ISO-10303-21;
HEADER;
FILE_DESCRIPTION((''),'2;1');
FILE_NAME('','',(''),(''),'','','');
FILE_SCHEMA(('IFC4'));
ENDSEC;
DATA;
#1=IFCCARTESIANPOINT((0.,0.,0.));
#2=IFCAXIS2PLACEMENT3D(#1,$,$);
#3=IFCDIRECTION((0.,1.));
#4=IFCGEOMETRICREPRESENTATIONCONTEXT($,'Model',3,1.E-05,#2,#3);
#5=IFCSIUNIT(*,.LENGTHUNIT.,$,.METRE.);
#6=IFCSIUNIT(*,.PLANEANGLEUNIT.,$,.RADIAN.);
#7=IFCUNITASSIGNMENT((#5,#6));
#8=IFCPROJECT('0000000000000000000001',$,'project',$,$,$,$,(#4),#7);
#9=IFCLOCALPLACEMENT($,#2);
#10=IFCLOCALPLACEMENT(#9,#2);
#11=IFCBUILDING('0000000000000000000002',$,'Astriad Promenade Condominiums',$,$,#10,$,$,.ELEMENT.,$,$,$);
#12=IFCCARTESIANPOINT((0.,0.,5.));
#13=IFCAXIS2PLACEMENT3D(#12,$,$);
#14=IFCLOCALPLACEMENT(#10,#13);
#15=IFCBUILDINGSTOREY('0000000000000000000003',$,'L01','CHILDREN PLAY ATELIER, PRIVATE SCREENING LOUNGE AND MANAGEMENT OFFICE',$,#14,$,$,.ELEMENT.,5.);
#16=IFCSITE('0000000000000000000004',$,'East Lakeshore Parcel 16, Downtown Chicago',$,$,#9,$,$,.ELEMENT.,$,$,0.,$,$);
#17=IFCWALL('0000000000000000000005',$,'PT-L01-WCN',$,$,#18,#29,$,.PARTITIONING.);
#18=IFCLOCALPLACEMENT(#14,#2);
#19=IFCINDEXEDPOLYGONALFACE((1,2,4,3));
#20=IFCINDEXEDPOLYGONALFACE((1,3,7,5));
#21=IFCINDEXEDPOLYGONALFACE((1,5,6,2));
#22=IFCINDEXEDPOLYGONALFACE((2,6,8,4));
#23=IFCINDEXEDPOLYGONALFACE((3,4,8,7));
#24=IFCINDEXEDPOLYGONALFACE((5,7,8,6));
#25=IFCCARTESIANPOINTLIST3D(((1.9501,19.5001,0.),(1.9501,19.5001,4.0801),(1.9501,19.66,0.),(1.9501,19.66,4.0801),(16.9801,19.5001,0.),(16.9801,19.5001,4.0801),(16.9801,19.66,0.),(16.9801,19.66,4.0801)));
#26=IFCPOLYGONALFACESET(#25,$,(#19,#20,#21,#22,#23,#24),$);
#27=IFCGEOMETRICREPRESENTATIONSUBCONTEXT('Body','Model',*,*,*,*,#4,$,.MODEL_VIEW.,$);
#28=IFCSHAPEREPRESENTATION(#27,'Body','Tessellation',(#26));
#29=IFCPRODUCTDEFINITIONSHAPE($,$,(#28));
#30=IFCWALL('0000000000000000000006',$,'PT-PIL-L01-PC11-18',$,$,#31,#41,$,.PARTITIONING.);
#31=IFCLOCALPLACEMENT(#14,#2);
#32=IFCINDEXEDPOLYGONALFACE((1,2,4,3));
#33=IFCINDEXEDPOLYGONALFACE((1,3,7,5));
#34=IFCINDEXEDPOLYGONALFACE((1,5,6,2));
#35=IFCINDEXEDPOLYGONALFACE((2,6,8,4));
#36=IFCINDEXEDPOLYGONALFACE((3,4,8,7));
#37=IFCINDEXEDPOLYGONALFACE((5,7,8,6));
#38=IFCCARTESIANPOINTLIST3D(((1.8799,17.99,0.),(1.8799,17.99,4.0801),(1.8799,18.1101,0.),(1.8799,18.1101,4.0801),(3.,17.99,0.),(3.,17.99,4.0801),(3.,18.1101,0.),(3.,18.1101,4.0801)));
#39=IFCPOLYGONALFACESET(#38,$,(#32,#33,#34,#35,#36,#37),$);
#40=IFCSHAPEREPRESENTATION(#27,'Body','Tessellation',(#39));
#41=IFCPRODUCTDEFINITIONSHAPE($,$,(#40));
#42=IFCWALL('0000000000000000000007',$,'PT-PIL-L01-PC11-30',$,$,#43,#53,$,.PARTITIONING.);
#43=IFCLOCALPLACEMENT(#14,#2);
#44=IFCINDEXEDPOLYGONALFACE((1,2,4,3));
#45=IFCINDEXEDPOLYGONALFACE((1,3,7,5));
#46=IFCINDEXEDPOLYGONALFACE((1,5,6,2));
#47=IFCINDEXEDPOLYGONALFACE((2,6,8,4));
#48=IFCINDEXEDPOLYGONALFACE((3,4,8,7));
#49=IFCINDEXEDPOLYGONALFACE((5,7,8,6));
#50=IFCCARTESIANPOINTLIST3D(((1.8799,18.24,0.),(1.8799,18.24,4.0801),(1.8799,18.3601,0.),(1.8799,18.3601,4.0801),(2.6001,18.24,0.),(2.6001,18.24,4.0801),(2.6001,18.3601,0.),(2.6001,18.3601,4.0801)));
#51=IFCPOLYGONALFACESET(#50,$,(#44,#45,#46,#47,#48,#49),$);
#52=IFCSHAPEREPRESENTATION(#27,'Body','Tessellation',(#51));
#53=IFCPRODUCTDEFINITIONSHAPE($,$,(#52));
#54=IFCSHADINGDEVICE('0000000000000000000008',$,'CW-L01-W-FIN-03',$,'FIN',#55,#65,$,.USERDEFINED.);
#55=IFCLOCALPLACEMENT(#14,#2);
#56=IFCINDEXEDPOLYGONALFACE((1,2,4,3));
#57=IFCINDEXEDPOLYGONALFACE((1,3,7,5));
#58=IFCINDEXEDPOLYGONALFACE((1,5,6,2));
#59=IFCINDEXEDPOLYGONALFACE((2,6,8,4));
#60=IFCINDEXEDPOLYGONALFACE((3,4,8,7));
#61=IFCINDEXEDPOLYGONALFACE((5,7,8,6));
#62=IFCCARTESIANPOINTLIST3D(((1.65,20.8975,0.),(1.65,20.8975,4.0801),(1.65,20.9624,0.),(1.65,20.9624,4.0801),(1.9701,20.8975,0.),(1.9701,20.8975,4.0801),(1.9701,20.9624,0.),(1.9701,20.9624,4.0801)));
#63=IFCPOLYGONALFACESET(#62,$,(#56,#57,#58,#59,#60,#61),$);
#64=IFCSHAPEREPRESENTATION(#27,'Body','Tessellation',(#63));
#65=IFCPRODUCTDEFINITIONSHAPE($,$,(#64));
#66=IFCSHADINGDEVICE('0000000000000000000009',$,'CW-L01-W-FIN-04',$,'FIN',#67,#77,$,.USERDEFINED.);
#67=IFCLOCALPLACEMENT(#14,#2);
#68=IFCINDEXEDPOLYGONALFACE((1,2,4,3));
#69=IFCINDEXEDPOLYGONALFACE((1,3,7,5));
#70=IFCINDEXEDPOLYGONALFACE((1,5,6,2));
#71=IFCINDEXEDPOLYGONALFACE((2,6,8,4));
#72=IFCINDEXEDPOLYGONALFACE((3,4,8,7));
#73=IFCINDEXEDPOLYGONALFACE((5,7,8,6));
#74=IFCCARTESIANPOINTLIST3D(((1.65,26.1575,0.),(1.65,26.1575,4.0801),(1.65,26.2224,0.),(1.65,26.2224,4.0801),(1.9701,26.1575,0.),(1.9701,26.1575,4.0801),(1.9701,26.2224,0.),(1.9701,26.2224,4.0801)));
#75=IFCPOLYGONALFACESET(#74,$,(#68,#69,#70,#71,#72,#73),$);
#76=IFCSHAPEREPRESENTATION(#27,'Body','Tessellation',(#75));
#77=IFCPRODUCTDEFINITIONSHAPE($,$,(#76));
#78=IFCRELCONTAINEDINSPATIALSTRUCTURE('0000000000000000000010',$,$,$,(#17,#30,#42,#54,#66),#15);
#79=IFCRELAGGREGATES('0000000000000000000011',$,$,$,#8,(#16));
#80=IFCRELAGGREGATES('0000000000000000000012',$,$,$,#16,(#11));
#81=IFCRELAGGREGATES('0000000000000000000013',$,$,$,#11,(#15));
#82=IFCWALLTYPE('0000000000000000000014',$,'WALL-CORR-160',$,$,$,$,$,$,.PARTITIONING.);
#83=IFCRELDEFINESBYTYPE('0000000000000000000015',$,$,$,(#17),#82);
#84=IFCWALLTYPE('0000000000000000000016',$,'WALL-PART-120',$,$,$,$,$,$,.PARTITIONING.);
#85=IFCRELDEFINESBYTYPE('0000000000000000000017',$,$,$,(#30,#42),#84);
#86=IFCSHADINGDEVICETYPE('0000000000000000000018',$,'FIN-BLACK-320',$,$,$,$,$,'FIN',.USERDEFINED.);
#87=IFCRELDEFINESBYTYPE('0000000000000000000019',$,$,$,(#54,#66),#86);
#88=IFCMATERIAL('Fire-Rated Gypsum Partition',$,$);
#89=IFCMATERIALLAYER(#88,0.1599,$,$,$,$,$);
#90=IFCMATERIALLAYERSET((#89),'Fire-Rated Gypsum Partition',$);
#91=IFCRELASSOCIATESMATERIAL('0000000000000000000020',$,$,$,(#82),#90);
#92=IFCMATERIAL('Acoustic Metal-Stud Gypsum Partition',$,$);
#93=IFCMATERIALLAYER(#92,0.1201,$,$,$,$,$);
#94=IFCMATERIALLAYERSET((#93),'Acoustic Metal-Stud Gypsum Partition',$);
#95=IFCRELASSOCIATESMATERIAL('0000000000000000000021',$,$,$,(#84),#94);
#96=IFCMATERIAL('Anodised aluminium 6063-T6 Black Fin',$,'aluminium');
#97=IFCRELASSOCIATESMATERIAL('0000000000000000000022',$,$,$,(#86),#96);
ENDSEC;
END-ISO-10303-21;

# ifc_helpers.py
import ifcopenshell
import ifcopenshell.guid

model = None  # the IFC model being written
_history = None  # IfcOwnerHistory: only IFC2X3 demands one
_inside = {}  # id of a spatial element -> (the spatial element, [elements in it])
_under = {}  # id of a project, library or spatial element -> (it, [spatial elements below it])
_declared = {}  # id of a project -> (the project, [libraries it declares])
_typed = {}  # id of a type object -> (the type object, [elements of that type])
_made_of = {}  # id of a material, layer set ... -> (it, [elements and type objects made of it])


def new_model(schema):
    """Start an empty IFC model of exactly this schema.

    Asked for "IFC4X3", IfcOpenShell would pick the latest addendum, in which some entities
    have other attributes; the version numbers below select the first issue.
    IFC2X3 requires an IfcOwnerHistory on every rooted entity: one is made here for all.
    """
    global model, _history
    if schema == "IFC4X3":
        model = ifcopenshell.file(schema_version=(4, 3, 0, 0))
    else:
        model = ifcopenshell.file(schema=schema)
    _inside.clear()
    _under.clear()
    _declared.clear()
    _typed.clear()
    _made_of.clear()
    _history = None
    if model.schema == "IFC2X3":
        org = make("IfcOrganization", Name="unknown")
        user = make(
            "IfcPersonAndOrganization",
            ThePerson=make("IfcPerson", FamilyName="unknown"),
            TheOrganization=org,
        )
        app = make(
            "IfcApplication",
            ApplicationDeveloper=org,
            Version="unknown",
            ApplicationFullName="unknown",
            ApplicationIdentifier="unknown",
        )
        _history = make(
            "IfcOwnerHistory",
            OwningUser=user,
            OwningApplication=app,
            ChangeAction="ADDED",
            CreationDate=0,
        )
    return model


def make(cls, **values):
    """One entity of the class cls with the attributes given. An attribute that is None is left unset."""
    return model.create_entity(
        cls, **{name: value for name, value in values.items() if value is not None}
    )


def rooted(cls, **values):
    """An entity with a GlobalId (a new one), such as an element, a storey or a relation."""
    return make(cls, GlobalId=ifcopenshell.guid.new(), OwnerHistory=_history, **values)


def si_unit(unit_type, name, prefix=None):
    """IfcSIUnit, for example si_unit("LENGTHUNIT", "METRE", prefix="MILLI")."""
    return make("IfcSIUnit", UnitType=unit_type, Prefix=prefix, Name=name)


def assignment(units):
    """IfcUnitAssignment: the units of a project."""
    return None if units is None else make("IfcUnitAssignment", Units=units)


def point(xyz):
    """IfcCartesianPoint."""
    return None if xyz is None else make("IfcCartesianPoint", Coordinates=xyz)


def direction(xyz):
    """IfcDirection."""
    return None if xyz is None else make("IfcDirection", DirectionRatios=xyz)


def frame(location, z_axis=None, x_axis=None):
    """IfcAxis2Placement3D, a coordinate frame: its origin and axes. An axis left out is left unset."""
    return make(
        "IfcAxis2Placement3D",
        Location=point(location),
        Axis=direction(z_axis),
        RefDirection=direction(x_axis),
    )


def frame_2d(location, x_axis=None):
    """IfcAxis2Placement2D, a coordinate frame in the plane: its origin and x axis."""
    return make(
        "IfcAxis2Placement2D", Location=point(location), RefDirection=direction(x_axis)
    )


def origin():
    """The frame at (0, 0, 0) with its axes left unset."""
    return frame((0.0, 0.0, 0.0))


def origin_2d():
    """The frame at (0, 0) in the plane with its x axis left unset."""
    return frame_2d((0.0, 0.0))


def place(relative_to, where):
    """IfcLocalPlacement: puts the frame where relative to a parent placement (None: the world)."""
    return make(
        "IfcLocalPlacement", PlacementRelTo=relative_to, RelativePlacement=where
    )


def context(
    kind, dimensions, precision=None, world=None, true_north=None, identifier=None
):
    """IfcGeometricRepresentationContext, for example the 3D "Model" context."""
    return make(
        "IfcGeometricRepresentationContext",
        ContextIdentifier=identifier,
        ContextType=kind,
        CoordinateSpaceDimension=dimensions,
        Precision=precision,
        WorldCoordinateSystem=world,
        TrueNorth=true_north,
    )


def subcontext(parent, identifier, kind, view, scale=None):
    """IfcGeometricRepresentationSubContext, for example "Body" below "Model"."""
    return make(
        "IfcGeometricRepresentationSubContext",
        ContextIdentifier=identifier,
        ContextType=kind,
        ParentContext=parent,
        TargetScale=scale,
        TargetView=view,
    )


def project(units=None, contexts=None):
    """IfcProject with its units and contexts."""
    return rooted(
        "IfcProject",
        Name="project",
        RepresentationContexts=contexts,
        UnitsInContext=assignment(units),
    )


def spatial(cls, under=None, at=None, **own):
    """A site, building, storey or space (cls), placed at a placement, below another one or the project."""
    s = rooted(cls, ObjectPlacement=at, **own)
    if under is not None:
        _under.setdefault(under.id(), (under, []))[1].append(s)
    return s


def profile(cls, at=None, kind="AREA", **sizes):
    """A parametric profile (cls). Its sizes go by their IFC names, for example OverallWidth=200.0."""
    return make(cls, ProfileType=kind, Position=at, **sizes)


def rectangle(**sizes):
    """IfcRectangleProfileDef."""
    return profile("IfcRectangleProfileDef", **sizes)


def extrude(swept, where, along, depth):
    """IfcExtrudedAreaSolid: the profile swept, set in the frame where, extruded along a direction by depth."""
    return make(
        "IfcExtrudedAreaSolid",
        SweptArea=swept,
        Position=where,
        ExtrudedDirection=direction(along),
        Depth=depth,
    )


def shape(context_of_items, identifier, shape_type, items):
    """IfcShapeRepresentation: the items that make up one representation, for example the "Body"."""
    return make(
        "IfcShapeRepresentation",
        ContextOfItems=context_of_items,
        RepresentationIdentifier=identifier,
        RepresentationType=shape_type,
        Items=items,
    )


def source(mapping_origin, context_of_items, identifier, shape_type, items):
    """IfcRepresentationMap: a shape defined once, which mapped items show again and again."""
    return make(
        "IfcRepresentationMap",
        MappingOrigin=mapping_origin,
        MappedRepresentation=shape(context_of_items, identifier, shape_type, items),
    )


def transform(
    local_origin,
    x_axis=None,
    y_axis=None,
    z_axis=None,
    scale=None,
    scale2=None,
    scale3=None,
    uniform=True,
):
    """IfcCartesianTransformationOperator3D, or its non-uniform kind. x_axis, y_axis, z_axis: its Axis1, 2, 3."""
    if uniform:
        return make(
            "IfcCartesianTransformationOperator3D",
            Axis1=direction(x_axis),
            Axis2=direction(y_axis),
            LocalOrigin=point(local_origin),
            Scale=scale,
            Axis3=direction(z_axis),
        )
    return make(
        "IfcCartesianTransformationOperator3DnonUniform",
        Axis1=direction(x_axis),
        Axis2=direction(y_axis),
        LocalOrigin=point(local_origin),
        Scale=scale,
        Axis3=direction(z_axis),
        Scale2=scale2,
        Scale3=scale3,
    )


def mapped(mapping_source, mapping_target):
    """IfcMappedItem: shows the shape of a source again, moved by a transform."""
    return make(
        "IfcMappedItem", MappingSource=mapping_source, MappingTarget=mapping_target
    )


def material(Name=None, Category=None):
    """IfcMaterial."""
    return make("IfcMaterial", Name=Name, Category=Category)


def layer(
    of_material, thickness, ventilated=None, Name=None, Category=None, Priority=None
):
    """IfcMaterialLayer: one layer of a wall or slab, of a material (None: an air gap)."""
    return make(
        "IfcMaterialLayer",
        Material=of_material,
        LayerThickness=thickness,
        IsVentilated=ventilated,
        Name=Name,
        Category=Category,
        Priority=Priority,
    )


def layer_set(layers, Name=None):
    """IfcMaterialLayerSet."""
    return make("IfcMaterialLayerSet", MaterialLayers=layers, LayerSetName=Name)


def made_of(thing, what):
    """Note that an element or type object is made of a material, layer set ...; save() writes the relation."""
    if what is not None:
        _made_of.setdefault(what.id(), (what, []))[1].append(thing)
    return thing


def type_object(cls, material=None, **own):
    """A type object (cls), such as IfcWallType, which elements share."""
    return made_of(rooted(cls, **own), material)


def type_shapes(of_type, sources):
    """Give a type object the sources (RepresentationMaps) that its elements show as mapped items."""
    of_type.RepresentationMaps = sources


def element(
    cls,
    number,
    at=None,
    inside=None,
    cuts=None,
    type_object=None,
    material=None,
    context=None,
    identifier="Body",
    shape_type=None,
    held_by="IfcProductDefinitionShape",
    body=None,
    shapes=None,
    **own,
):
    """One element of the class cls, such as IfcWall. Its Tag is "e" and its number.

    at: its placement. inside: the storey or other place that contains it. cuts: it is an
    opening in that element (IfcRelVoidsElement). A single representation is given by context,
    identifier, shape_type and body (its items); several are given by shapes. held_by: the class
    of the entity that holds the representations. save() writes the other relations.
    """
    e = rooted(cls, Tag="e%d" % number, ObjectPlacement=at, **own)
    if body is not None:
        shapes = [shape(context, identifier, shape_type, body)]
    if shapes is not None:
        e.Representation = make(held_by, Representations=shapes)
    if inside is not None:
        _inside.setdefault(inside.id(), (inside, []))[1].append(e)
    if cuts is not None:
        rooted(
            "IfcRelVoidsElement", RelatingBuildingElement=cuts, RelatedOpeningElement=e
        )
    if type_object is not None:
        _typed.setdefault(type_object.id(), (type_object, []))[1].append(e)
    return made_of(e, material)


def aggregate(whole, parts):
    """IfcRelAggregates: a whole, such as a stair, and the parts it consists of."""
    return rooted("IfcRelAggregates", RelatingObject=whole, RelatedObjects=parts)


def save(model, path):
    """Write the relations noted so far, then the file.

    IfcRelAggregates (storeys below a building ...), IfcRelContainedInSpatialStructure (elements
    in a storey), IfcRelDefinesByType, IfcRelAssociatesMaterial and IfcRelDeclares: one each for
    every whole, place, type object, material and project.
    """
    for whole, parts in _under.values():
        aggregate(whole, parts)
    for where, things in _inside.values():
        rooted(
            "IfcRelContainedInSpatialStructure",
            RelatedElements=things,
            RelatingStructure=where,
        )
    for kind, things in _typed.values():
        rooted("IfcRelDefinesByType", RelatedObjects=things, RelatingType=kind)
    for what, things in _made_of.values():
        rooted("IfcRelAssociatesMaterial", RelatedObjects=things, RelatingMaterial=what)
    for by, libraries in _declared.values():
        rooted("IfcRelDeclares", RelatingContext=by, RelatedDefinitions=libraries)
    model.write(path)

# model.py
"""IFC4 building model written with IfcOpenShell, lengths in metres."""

from ifc_helpers import new_model, si_unit, direction, frame, frame_2d, origin, origin_2d, place, context, subcontext, project, spatial, rectangle, extrude, source, transform, mapped, material, layer, layer_set, type_object, type_shapes, element, save


model = new_model("IFC4")

# Units and contexts
model_context = context("Model", 3, precision=1e-05, world=origin(), true_north=direction((0.0, 1.0)))
body_context = subcontext(model_context, "Body", "Model", "MODEL_VIEW")
ifc_project = project(units=[si_unit("LENGTHUNIT", "METRE"), si_unit("PLANEANGLEUNIT", "RADIAN")], contexts=[model_context])

# Site, building, storey
site_placement = place(None, origin())
site = spatial("IfcSite", under=ifc_project, at=site_placement, Name="East Lakeshore Parcel 16, Downtown Chicago", CompositionType="ELEMENT", RefElevation=0.0)
building_placement = place(site_placement, origin())
building = spatial("IfcBuilding", under=site, at=building_placement, Name="Astriad Promenade Condominiums", CompositionType="ELEMENT")
storey_placement = place(building_placement, frame((0.0, 0.0, 5.0)))
storey = spatial("IfcBuildingStorey", under=building, at=storey_placement, Name="L01", Description="CHILDREN PLAY ATELIER, PRIVATE SCREENING LOUNGE AND MANAGEMENT OFFICE", CompositionType="ELEMENT", Elevation=5.0)

# Walls
ifc_material_1 = material(Name="Fire-Rated Gypsum Partition")
ifc_layer_1 = layer(ifc_material_1, 0.1599)
ifc_layer_set_1 = layer_set([ifc_layer_1], Name="Fire-Rated Gypsum Partition")
wall_type_1 = type_object("IfcWallType", Name="WALL-CORR-160", PredefinedType="PARTITIONING", material=ifc_layer_set_1)
wall_1_placement = place(storey_placement, frame((1.95, 19.5801, 0.0), z_axis=(0.0, 0.0, 1.0), x_axis=(1.0, 0.0, 0.0)))
element("IfcWall", 1, at=wall_1_placement, inside=storey, type_object=wall_type_1, Name="PT-L01-WCN", PredefinedType="PARTITIONING", context=body_context, shape_type="SweptSolid", body=[
    extrude(rectangle(XDim=15.03, YDim=0.1599, at=frame_2d((7.5151, 0.0))), origin(), (0.0, 0.0, 1.0), 4.0801),
])
ifc_material_2 = material(Name="Acoustic Metal-Stud Gypsum Partition")
ifc_layer_2 = layer(ifc_material_2, 0.1201)
ifc_layer_set_2 = layer_set([ifc_layer_2], Name="Acoustic Metal-Stud Gypsum Partition")
wall_type_2 = type_object("IfcWallType", Name="WALL-PART-120", PredefinedType="PARTITIONING", material=ifc_layer_set_2)
wall_2_placement = place(storey_placement, frame((3.0, 18.05, 0.0), z_axis=(0.0, 0.0, 1.0), x_axis=(-1.0, 0.0, 0.0)))
element("IfcWall", 2, at=wall_2_placement, inside=storey, type_object=wall_type_2, Name="PT-PIL-L01-PC11-18", PredefinedType="PARTITIONING", context=body_context, shape_type="SweptSolid", body=[
    extrude(rectangle(XDim=1.1201, YDim=0.1201, at=frame_2d((0.5601, 0.0))), origin(), (0.0, 0.0, 1.0), 4.0801),
])
wall_3_placement = place(storey_placement, frame((2.6001, 18.3, 0.0), z_axis=(0.0, 0.0, 1.0), x_axis=(-1.0, 0.0, 0.0)))
element("IfcWall", 3, at=wall_3_placement, inside=storey, type_object=wall_type_2, Name="PT-PIL-L01-PC11-30", PredefinedType="PARTITIONING", context=body_context, shape_type="SweptSolid", body=[
    extrude(rectangle(XDim=0.7202, YDim=0.1201, at=frame_2d((0.3601, 0.0))), origin(), (0.0, 0.0, 1.0), 4.0801),
])

# Shading devices
ifc_material_3 = material(Name="Anodised aluminium 6063-T6 Black Fin", Category="aluminium")
shading_device_type = type_object("IfcShadingDeviceType", Name="FIN-BLACK-320", ElementType="FIN", PredefinedType="USERDEFINED", material=ifc_material_3)
shared_shape_1 = source(origin(), body_context, "Body", "SweptSolid", [
    extrude(rectangle(XDim=0.0649, YDim=0.3201, at=origin_2d()), origin(), (0.0, 0.0, 1.0), 4.0801),
])
type_shapes(shading_device_type, [shared_shape_1])
for number, where, z_axis, x_axis, name in (
    (4, (1.8101, 20.9299, 0.0), (0.0, 0.0, 1.0), (0.0, 1.0, 0.0), "CW-L01-W-FIN-03"),
    (5, (1.8101, 26.1899, 0.0), (0.0, 0.0, 1.0), (0.0, 1.0, 0.0), "CW-L01-W-FIN-04"),
):
    element("IfcShadingDevice", number, at=place(storey_placement, frame(where, z_axis=z_axis, x_axis=x_axis)), inside=storey, type_object=shading_device_type, Name=name, ObjectType="FIN", PredefinedType="USERDEFINED", context=body_context, shape_type="MappedRepresentation", body=[
        mapped(shared_shape_1, transform((0.0, 0.0, 0.0), scale=1.0)),
    ])

save(model, "model.ifc")
